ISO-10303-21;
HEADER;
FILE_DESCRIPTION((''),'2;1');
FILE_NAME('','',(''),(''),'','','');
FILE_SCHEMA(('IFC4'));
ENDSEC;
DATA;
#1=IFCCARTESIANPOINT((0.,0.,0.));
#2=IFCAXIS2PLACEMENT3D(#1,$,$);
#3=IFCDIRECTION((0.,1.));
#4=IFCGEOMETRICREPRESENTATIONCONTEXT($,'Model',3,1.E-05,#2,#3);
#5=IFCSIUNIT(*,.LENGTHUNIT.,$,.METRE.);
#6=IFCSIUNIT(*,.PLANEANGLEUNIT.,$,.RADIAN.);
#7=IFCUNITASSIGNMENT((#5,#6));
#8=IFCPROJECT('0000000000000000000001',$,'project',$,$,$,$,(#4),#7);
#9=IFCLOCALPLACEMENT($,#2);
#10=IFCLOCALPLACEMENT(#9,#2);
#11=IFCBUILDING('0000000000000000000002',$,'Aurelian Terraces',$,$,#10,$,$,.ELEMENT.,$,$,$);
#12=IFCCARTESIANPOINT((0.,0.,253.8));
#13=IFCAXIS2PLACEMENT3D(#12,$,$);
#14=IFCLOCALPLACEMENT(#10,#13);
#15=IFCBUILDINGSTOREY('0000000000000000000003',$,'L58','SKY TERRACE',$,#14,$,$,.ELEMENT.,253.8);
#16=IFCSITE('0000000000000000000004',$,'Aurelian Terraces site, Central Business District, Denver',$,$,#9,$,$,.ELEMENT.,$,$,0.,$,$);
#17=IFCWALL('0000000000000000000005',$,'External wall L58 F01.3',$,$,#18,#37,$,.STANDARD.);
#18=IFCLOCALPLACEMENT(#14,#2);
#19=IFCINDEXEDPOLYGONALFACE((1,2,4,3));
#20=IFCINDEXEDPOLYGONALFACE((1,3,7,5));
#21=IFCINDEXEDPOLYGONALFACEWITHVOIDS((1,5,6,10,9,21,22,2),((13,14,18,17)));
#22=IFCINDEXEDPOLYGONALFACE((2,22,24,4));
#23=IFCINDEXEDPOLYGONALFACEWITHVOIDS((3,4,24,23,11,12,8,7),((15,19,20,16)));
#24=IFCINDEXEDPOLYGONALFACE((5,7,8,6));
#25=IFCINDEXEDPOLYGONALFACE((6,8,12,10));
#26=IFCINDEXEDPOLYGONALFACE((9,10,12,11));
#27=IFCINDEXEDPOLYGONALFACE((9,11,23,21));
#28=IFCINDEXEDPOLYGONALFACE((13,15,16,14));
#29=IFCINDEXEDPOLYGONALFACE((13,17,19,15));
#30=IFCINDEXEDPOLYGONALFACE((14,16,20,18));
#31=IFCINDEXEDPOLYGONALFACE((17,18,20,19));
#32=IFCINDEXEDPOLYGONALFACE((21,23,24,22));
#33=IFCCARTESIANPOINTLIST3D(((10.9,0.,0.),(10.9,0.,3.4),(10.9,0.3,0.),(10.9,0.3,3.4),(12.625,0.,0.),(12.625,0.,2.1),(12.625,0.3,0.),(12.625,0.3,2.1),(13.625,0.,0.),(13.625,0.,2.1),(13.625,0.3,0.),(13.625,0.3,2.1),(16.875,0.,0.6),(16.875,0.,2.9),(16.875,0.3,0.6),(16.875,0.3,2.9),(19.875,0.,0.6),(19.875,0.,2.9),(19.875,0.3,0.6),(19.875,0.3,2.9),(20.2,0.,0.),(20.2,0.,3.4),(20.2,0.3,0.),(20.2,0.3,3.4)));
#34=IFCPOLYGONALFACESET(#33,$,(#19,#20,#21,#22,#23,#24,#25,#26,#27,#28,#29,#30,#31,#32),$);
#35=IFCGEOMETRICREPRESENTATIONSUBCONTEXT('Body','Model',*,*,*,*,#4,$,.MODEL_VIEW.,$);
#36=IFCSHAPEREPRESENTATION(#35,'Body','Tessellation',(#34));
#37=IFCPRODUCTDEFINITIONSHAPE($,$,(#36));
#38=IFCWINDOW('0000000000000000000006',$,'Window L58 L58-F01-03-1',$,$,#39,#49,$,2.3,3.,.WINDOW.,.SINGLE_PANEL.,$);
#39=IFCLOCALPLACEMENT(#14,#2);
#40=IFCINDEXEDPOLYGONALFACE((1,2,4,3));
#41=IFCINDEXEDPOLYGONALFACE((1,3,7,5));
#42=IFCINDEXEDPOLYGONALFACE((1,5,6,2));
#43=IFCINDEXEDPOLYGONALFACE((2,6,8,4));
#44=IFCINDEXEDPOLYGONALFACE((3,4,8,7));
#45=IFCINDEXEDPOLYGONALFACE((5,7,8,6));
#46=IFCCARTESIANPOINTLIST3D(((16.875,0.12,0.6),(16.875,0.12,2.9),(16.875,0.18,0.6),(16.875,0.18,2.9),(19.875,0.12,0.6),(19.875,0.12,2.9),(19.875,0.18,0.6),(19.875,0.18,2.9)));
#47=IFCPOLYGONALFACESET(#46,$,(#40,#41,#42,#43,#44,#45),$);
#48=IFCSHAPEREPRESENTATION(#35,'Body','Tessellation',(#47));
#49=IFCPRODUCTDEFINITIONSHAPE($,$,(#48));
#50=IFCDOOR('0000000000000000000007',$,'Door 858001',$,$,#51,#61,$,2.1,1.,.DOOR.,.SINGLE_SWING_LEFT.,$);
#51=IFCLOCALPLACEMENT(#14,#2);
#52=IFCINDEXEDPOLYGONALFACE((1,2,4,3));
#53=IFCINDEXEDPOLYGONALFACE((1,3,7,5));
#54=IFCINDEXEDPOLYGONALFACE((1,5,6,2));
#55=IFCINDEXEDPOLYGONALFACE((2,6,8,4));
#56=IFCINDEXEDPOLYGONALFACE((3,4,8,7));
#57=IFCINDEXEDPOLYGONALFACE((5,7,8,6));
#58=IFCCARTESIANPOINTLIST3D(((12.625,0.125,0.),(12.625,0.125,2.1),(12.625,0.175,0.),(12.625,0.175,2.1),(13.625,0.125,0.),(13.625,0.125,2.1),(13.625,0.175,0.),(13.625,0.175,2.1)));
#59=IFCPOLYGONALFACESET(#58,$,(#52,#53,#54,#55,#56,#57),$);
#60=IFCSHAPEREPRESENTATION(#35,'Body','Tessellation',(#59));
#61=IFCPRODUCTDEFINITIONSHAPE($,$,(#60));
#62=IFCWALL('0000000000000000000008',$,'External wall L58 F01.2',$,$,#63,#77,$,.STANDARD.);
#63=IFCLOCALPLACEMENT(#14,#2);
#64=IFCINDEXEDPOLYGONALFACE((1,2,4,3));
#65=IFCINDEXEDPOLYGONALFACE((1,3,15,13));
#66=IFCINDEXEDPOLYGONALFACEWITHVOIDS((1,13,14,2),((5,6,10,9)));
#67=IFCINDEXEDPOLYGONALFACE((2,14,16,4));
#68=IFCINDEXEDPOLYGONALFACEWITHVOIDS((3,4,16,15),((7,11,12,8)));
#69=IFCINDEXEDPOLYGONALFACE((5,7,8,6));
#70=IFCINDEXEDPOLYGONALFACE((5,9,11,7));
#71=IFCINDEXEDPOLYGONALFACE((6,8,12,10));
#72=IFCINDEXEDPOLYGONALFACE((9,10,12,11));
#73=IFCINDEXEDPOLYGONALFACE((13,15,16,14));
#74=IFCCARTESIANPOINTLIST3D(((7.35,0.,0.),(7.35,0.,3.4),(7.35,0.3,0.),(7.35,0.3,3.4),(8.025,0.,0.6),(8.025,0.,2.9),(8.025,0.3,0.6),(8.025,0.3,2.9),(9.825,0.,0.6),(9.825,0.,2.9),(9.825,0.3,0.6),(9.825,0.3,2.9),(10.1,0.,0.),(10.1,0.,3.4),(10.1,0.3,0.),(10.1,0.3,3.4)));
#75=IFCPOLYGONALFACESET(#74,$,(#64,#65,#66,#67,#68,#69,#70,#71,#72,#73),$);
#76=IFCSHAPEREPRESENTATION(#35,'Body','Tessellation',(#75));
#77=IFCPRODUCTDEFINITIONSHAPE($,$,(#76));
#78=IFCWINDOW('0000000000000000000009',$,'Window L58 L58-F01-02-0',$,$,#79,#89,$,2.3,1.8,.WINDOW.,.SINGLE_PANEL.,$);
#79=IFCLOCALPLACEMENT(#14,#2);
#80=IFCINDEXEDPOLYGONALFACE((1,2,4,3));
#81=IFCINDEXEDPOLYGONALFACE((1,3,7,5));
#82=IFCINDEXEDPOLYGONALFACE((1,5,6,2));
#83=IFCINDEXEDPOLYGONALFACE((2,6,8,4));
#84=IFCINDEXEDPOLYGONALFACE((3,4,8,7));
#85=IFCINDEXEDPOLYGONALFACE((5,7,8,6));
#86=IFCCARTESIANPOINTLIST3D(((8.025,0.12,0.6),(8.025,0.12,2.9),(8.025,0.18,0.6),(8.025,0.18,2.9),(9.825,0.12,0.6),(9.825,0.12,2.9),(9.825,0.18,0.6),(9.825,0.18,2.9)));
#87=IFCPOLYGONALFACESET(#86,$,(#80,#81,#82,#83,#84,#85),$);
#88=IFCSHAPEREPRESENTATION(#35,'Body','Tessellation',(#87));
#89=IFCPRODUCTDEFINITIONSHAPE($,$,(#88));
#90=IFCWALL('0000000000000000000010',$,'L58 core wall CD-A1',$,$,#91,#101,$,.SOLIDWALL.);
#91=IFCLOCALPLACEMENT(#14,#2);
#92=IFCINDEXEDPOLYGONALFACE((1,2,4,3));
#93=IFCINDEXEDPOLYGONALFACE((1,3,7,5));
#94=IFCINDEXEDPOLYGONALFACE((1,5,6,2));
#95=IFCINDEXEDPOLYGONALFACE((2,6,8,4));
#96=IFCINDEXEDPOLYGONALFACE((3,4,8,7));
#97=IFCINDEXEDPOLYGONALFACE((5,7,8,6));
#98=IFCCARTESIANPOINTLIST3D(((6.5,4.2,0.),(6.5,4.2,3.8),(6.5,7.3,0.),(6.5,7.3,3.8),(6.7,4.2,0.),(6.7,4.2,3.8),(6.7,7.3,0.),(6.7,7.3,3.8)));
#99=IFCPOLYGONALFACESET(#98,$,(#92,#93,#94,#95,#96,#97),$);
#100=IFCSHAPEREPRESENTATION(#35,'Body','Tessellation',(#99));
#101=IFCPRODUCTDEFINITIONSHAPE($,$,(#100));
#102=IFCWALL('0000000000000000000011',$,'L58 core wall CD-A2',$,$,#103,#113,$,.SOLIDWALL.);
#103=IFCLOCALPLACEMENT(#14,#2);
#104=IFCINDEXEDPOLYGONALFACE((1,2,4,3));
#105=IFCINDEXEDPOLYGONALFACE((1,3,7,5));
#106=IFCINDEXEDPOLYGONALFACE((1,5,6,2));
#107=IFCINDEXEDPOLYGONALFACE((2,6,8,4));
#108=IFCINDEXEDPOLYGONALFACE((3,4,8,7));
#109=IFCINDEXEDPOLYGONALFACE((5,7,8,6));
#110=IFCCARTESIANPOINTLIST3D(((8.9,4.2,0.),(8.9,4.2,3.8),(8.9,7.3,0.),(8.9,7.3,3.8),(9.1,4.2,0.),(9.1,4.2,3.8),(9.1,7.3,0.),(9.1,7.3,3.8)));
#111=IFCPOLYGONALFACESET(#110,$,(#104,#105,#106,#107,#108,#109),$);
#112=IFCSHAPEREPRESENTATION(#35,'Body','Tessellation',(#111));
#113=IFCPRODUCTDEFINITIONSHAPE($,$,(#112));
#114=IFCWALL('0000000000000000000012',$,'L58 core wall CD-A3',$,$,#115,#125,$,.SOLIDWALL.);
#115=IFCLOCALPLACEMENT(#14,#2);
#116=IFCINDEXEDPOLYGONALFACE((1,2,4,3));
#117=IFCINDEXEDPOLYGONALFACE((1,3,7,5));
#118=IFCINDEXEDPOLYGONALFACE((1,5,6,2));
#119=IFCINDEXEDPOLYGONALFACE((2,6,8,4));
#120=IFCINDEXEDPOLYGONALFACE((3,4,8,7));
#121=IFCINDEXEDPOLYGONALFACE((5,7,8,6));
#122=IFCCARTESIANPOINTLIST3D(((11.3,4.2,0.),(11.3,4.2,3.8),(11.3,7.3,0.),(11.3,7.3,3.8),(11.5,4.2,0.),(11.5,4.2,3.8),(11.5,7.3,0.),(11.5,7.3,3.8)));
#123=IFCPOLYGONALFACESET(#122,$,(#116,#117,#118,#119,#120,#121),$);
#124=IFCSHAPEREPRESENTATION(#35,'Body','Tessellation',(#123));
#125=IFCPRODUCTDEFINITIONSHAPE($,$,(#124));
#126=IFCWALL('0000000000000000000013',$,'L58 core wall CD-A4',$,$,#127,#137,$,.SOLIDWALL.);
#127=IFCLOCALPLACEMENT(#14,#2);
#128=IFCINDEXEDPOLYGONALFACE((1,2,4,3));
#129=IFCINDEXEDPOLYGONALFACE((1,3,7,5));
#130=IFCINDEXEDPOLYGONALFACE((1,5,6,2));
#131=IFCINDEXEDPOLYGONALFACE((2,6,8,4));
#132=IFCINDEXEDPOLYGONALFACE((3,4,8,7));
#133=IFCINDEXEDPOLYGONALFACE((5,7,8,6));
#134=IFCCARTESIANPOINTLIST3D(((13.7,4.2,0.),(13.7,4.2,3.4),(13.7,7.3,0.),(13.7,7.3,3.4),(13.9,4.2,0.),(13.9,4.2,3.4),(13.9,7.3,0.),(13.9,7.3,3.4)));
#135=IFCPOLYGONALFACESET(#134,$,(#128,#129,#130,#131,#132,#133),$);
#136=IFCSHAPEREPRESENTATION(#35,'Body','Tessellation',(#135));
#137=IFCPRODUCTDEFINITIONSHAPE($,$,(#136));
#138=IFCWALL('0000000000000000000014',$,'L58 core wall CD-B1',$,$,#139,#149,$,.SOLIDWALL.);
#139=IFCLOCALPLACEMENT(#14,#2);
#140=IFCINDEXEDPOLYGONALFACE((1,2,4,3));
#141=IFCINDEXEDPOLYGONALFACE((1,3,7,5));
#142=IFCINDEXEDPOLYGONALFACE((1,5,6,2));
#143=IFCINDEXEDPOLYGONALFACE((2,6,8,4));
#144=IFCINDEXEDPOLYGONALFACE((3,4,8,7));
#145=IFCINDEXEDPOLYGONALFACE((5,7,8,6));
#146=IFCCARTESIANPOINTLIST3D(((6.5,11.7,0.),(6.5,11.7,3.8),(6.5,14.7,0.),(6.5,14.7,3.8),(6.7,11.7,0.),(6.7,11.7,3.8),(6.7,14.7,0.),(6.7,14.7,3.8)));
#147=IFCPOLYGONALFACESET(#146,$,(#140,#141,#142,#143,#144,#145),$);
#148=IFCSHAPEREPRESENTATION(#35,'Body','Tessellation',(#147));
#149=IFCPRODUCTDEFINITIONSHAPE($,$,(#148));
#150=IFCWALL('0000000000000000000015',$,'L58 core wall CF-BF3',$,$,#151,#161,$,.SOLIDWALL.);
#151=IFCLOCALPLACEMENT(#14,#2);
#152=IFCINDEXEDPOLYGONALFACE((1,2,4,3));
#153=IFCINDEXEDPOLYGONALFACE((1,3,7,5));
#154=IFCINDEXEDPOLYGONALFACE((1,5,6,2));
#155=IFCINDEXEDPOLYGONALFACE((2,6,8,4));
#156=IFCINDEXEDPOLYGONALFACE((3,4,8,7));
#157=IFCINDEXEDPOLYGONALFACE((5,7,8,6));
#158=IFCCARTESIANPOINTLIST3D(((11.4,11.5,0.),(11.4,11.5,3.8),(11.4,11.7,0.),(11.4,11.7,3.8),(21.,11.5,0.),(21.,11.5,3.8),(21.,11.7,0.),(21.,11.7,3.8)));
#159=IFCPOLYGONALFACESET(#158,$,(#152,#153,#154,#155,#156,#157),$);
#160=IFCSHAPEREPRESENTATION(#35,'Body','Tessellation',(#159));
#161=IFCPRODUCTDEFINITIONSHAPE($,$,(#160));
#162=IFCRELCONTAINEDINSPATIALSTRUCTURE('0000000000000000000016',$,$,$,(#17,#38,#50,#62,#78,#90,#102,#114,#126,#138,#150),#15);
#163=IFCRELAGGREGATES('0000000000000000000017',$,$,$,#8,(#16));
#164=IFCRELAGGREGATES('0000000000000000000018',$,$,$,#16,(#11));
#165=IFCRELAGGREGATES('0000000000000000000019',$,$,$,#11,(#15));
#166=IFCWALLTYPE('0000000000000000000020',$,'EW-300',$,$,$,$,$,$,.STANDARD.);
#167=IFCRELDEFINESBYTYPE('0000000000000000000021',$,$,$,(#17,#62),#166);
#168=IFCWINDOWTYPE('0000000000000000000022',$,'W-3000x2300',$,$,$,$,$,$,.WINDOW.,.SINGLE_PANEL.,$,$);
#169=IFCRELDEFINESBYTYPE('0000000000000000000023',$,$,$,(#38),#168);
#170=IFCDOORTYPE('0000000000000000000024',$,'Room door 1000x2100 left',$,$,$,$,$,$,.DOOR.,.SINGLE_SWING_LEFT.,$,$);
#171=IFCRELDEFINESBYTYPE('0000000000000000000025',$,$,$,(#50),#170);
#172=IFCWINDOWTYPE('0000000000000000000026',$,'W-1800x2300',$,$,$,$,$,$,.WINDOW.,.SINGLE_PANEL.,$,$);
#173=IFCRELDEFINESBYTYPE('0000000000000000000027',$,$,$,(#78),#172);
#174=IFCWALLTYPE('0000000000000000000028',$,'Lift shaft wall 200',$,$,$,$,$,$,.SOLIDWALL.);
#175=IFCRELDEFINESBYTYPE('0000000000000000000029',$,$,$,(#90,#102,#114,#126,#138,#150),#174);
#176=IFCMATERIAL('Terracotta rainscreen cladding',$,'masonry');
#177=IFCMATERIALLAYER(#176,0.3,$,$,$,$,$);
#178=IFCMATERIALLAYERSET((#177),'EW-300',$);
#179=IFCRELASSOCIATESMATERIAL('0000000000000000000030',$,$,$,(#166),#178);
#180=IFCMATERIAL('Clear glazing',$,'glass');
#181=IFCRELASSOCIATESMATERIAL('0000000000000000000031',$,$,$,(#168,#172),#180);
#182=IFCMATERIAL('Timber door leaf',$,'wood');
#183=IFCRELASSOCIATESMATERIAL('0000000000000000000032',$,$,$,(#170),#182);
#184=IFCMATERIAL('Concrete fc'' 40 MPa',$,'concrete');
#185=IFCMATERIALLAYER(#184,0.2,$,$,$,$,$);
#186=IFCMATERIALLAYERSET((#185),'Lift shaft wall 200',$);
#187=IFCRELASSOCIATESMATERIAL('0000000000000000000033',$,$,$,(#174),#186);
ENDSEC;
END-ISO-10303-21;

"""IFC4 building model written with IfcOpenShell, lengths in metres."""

from ifc_helpers import new_model, si_unit, direction, frame, frame_2d, origin, place, context, subcontext, project, spatial, rectangle, extrude, source, transform, mapped, material, layer, layer_set, type_object, element, fill, save


model = new_model("IFC4")

# Units and contexts
model_context = context("Model", 3, precision=1e-05, world=origin(), true_north=direction((0.0, 1.0)))
body_context = subcontext(model_context, "Body", "Model", "MODEL_VIEW")
ifc_project = project(units=[si_unit("LENGTHUNIT", "METRE"), si_unit("PLANEANGLEUNIT", "RADIAN")], contexts=[model_context])

# Site, building, storey
site_placement = place(None, origin())
site = spatial("IfcSite", under=ifc_project, at=site_placement, Name="Aurelian Terraces site, Central Business District, Denver", CompositionType="ELEMENT", RefElevation=0.0)
building_placement = place(site_placement, origin())
building = spatial("IfcBuilding", under=site, at=building_placement, Name="Aurelian Terraces", CompositionType="ELEMENT")
storey_placement = place(building_placement, frame((0.0, 0.0, 253.8)))
storey = spatial("IfcBuildingStorey", under=building, at=storey_placement, Name="L58", Description="SKY TERRACE", CompositionType="ELEMENT", Elevation=253.8)

# Shared definitions
ifc_material_1 = material(Name="Concrete fc' 40 MPa", Category="concrete")

# Shared definitions
ifc_material_2 = material(Name="Clear glazing", Category="glass")

# Wall, openings, window, door
ifc_material_3 = material(Name="Terracotta rainscreen cladding", Category="masonry")
ifc_layer_1 = layer(ifc_material_3, 0.3)
ifc_layer_set_1 = layer_set([ifc_layer_1], Name="EW-300")
wall_type_1 = type_object("IfcWallType", Name="EW-300", PredefinedType="STANDARD", material=ifc_layer_set_1)
shared_shape_1 = source(origin(), body_context, "Body", "SweptSolid", [
    extrude(rectangle(XDim=9.3, YDim=0.3, at=frame_2d((4.65, 0.0))), origin(), (0.0, 0.0, 1.0), 3.4),
])
wall_1_placement = place(storey_placement, frame((10.9, 0.15, 0.0), z_axis=(0.0, 0.0, 1.0), x_axis=(1.0, 0.0, 0.0)))
wall_1 = element("IfcWall", 1, at=wall_1_placement, inside=storey, type_object=wall_type_1, Name="External wall L58 F01.3", PredefinedType="STANDARD", context=body_context, shape_type="MappedRepresentation", body=[
    mapped(shared_shape_1, transform((0.0, 0.0, 0.0), scale=1.0)),
])
shared_shape_2 = source(origin(), body_context, "Body", "SweptSolid", [
    extrude(rectangle(XDim=3.0, YDim=2.3, at=frame_2d((1.5, 1.15))), frame((0.0, 0.16, 0.0), z_axis=(0.0, -1.0, 0.0), x_axis=(1.0, 0.0, 0.0)), (0.0, 0.0, 1.0), 0.32),
])
opening_1_placement = place(wall_1_placement, frame((5.975, 0.0, 0.6)))
opening_1 = element("IfcOpeningElement", 2, at=opening_1_placement, cuts=wall_1, PredefinedType="OPENING", context=body_context, shape_type="MappedRepresentation", body=[
    mapped(shared_shape_2, transform((0.0, 0.0, 0.0), scale=1.0)),
])
shared_shape_3 = source(origin(), body_context, "Body", "SweptSolid", [
    extrude(rectangle(XDim=1.0, YDim=2.1, at=frame_2d((0.5, 1.05))), frame((0.0, 0.16, 0.0), z_axis=(0.0, -1.0, 0.0), x_axis=(1.0, 0.0, 0.0)), (0.0, 0.0, 1.0), 0.32),
])
opening_2_placement = place(wall_1_placement, frame((1.725, 0.0, 0.0)))
opening_2 = element("IfcOpeningElement", 3, at=opening_2_placement, cuts=wall_1, PredefinedType="OPENING", context=body_context, shape_type="MappedRepresentation", body=[
    mapped(shared_shape_3, transform((0.0, 0.0, 0.0), scale=1.0)),
])
window_type_1 = type_object("IfcWindowType", Name="W-3000x2300", PartitioningType="SINGLE_PANEL", PredefinedType="WINDOW", material=ifc_material_2)
shared_shape_4 = source(origin(), body_context, "Body", "SweptSolid", [
    extrude(rectangle(XDim=3.0, YDim=2.3, at=frame_2d((1.5, 1.15))), frame((0.0, 0.03, 0.0), z_axis=(0.0, -1.0, 0.0), x_axis=(1.0, 0.0, 0.0)), (0.0, 0.0, 1.0), 0.06),
])
window_1_placement = place(opening_1_placement, origin())
window_1 = element("IfcWindow", 4, at=window_1_placement, inside=storey, type_object=window_type_1, Name="Window L58 L58-F01-03-1", OverallHeight=2.3, OverallWidth=3.0, PartitioningType="SINGLE_PANEL", PredefinedType="WINDOW", context=body_context, shape_type="MappedRepresentation", body=[
    mapped(shared_shape_4, transform((0.0, 0.0, 0.0), scale=1.0)),
])
fill(opening_1, window_1)
ifc_material_4 = material(Name="Timber door leaf", Category="wood")
door_type_1 = type_object("IfcDoorType", Name="Room door 1000x2100 left", OperationType="SINGLE_SWING_LEFT", PredefinedType="DOOR", material=ifc_material_4)
shared_shape_5 = source(origin(), body_context, "Body", "SweptSolid", [
    extrude(rectangle(XDim=1.0, YDim=2.1, at=frame_2d((0.5, 1.05))), frame((0.0, 0.025, 0.0), z_axis=(0.0, -1.0, 0.0), x_axis=(1.0, 0.0, 0.0)), (0.0, 0.0, 1.0), 0.05),
])
door_1_placement = place(opening_2_placement, origin())
door_1 = element("IfcDoor", 5, at=door_1_placement, inside=storey, type_object=door_type_1, Name="Door 858001", OperationType="SINGLE_SWING_LEFT", OverallHeight=2.1, OverallWidth=1.0, PredefinedType="DOOR", context=body_context, shape_type="MappedRepresentation", body=[
    mapped(shared_shape_5, transform((0.0, 0.0, 0.0), scale=1.0)),
])
fill(opening_2, door_1)

# Wall, opening, window
shared_shape_6 = source(origin(), body_context, "Body", "SweptSolid", [
    extrude(rectangle(XDim=2.75, YDim=0.3, at=frame_2d((1.375, 0.0))), origin(), (0.0, 0.0, 1.0), 3.4),
])
wall_2_placement = place(storey_placement, frame((7.35, 0.15, 0.0), z_axis=(0.0, 0.0, 1.0), x_axis=(1.0, 0.0, 0.0)))
wall_2 = element("IfcWall", 6, at=wall_2_placement, inside=storey, type_object=wall_type_1, Name="External wall L58 F01.2", PredefinedType="STANDARD", context=body_context, shape_type="MappedRepresentation", body=[
    mapped(shared_shape_6, transform((0.0, 0.0, 0.0), scale=1.0)),
])
shared_shape_7 = source(origin(), body_context, "Body", "SweptSolid", [
    extrude(rectangle(XDim=1.8, YDim=2.3, at=frame_2d((0.9, 1.15))), frame((0.0, 0.16, 0.0), z_axis=(0.0, -1.0, 0.0), x_axis=(1.0, 0.0, 0.0)), (0.0, 0.0, 1.0), 0.32),
])
opening_3_placement = place(wall_2_placement, frame((0.675, 0.0, 0.6)))
opening_3 = element("IfcOpeningElement", 7, at=opening_3_placement, cuts=wall_2, PredefinedType="OPENING", context=body_context, shape_type="MappedRepresentation", body=[
    mapped(shared_shape_7, transform((0.0, 0.0, 0.0), scale=1.0)),
])
window_type_2 = type_object("IfcWindowType", Name="W-1800x2300", PartitioningType="SINGLE_PANEL", PredefinedType="WINDOW", material=ifc_material_2)
shared_shape_8 = source(origin(), body_context, "Body", "SweptSolid", [
    extrude(rectangle(XDim=1.8, YDim=2.3, at=frame_2d((0.9, 1.15))), frame((0.0, 0.03, 0.0), z_axis=(0.0, -1.0, 0.0), x_axis=(1.0, 0.0, 0.0)), (0.0, 0.0, 1.0), 0.06),
])
window_2_placement = place(opening_3_placement, origin())
window_2 = element("IfcWindow", 8, at=window_2_placement, inside=storey, type_object=window_type_2, Name="Window L58 L58-F01-02-0", OverallHeight=2.3, OverallWidth=1.8, PartitioningType="SINGLE_PANEL", PredefinedType="WINDOW", context=body_context, shape_type="MappedRepresentation", body=[
    mapped(shared_shape_8, transform((0.0, 0.0, 0.0), scale=1.0)),
])
fill(opening_3, window_2)

# Walls
ifc_layer_2 = layer(ifc_material_1, 0.2)
ifc_layer_set_2 = layer_set([ifc_layer_2], Name="Lift shaft wall 200")
wall_type_2 = type_object("IfcWallType", Name="Lift shaft wall 200", PredefinedType="SOLIDWALL", material=ifc_layer_set_2)
shared_shape_9 = source(origin(), body_context, "Body", "SweptSolid", [
    extrude(rectangle(XDim=3.1, YDim=0.2, at=frame_2d((1.55, 0.0))), origin(), (0.0, 0.0, 1.0), 3.8),
])
for number, where, z_axis, x_axis, name in (
    (9, (6.6, 4.2, 0.0), (0.0, 0.0, 1.0), (0.0, 1.0, 0.0), "L58 core wall CD-A1"),
    (10, (9.0, 4.2, 0.0), (0.0, 0.0, 1.0), (0.0, 1.0, 0.0), "L58 core wall CD-A2"),
    (11, (11.4, 4.2, 0.0), (0.0, 0.0, 1.0), (0.0, 1.0, 0.0), "L58 core wall CD-A3"),
):
    element("IfcWall", number, at=place(storey_placement, frame(where, z_axis=z_axis, x_axis=x_axis)), inside=storey, type_object=wall_type_2, Name=name, PredefinedType="SOLIDWALL", context=body_context, shape_type="MappedRepresentation", body=[
        mapped(shared_shape_9, transform((0.0, 0.0, 0.0), scale=1.0)),
    ])
shared_shape_10 = source(origin(), body_context, "Body", "SweptSolid", [
    extrude(rectangle(XDim=3.1, YDim=0.2, at=frame_2d((1.55, 0.0))), origin(), (0.0, 0.0, 1.0), 3.4),
])
wall_3_placement = place(storey_placement, frame((13.8, 4.2, 0.0), z_axis=(0.0, 0.0, 1.0), x_axis=(0.0, 1.0, 0.0)))
element("IfcWall", 12, at=wall_3_placement, inside=storey, type_object=wall_type_2, Name="L58 core wall CD-A4", PredefinedType="SOLIDWALL", context=body_context, shape_type="MappedRepresentation", body=[
    mapped(shared_shape_10, transform((0.0, 0.0, 0.0), scale=1.0)),
])
shared_shape_11 = source(origin(), body_context, "Body", "SweptSolid", [
    extrude(rectangle(XDim=3.0, YDim=0.2, at=frame_2d((1.5, 0.0))), origin(), (0.0, 0.0, 1.0), 3.8),
])
wall_4_placement = place(storey_placement, frame((6.6, 11.7, 0.0), z_axis=(0.0, 0.0, 1.0), x_axis=(0.0, 1.0, 0.0)))
element("IfcWall", 13, at=wall_4_placement, inside=storey, type_object=wall_type_2, Name="L58 core wall CD-B1", PredefinedType="SOLIDWALL", context=body_context, shape_type="MappedRepresentation", body=[
    mapped(shared_shape_11, transform((0.0, 0.0, 0.0), scale=1.0)),
])
shared_shape_12 = source(origin(), body_context, "Body", "SweptSolid", [
    extrude(rectangle(XDim=9.6, YDim=0.2, at=frame_2d((4.8, 0.0))), origin(), (0.0, 0.0, 1.0), 3.8),
])
wall_5_placement = place(storey_placement, frame((11.4, 11.6, 0.0), z_axis=(0.0, 0.0, 1.0), x_axis=(1.0, 0.0, 0.0)))
element("IfcWall", 14, at=wall_5_placement, inside=storey, type_object=wall_type_2, Name="L58 core wall CF-BF3", PredefinedType="SOLIDWALL", context=body_context, shape_type="MappedRepresentation", body=[
    mapped(shared_shape_12, transform((0.0, 0.0, 0.0), scale=1.0)),
])

save(model, "model.ifc")
